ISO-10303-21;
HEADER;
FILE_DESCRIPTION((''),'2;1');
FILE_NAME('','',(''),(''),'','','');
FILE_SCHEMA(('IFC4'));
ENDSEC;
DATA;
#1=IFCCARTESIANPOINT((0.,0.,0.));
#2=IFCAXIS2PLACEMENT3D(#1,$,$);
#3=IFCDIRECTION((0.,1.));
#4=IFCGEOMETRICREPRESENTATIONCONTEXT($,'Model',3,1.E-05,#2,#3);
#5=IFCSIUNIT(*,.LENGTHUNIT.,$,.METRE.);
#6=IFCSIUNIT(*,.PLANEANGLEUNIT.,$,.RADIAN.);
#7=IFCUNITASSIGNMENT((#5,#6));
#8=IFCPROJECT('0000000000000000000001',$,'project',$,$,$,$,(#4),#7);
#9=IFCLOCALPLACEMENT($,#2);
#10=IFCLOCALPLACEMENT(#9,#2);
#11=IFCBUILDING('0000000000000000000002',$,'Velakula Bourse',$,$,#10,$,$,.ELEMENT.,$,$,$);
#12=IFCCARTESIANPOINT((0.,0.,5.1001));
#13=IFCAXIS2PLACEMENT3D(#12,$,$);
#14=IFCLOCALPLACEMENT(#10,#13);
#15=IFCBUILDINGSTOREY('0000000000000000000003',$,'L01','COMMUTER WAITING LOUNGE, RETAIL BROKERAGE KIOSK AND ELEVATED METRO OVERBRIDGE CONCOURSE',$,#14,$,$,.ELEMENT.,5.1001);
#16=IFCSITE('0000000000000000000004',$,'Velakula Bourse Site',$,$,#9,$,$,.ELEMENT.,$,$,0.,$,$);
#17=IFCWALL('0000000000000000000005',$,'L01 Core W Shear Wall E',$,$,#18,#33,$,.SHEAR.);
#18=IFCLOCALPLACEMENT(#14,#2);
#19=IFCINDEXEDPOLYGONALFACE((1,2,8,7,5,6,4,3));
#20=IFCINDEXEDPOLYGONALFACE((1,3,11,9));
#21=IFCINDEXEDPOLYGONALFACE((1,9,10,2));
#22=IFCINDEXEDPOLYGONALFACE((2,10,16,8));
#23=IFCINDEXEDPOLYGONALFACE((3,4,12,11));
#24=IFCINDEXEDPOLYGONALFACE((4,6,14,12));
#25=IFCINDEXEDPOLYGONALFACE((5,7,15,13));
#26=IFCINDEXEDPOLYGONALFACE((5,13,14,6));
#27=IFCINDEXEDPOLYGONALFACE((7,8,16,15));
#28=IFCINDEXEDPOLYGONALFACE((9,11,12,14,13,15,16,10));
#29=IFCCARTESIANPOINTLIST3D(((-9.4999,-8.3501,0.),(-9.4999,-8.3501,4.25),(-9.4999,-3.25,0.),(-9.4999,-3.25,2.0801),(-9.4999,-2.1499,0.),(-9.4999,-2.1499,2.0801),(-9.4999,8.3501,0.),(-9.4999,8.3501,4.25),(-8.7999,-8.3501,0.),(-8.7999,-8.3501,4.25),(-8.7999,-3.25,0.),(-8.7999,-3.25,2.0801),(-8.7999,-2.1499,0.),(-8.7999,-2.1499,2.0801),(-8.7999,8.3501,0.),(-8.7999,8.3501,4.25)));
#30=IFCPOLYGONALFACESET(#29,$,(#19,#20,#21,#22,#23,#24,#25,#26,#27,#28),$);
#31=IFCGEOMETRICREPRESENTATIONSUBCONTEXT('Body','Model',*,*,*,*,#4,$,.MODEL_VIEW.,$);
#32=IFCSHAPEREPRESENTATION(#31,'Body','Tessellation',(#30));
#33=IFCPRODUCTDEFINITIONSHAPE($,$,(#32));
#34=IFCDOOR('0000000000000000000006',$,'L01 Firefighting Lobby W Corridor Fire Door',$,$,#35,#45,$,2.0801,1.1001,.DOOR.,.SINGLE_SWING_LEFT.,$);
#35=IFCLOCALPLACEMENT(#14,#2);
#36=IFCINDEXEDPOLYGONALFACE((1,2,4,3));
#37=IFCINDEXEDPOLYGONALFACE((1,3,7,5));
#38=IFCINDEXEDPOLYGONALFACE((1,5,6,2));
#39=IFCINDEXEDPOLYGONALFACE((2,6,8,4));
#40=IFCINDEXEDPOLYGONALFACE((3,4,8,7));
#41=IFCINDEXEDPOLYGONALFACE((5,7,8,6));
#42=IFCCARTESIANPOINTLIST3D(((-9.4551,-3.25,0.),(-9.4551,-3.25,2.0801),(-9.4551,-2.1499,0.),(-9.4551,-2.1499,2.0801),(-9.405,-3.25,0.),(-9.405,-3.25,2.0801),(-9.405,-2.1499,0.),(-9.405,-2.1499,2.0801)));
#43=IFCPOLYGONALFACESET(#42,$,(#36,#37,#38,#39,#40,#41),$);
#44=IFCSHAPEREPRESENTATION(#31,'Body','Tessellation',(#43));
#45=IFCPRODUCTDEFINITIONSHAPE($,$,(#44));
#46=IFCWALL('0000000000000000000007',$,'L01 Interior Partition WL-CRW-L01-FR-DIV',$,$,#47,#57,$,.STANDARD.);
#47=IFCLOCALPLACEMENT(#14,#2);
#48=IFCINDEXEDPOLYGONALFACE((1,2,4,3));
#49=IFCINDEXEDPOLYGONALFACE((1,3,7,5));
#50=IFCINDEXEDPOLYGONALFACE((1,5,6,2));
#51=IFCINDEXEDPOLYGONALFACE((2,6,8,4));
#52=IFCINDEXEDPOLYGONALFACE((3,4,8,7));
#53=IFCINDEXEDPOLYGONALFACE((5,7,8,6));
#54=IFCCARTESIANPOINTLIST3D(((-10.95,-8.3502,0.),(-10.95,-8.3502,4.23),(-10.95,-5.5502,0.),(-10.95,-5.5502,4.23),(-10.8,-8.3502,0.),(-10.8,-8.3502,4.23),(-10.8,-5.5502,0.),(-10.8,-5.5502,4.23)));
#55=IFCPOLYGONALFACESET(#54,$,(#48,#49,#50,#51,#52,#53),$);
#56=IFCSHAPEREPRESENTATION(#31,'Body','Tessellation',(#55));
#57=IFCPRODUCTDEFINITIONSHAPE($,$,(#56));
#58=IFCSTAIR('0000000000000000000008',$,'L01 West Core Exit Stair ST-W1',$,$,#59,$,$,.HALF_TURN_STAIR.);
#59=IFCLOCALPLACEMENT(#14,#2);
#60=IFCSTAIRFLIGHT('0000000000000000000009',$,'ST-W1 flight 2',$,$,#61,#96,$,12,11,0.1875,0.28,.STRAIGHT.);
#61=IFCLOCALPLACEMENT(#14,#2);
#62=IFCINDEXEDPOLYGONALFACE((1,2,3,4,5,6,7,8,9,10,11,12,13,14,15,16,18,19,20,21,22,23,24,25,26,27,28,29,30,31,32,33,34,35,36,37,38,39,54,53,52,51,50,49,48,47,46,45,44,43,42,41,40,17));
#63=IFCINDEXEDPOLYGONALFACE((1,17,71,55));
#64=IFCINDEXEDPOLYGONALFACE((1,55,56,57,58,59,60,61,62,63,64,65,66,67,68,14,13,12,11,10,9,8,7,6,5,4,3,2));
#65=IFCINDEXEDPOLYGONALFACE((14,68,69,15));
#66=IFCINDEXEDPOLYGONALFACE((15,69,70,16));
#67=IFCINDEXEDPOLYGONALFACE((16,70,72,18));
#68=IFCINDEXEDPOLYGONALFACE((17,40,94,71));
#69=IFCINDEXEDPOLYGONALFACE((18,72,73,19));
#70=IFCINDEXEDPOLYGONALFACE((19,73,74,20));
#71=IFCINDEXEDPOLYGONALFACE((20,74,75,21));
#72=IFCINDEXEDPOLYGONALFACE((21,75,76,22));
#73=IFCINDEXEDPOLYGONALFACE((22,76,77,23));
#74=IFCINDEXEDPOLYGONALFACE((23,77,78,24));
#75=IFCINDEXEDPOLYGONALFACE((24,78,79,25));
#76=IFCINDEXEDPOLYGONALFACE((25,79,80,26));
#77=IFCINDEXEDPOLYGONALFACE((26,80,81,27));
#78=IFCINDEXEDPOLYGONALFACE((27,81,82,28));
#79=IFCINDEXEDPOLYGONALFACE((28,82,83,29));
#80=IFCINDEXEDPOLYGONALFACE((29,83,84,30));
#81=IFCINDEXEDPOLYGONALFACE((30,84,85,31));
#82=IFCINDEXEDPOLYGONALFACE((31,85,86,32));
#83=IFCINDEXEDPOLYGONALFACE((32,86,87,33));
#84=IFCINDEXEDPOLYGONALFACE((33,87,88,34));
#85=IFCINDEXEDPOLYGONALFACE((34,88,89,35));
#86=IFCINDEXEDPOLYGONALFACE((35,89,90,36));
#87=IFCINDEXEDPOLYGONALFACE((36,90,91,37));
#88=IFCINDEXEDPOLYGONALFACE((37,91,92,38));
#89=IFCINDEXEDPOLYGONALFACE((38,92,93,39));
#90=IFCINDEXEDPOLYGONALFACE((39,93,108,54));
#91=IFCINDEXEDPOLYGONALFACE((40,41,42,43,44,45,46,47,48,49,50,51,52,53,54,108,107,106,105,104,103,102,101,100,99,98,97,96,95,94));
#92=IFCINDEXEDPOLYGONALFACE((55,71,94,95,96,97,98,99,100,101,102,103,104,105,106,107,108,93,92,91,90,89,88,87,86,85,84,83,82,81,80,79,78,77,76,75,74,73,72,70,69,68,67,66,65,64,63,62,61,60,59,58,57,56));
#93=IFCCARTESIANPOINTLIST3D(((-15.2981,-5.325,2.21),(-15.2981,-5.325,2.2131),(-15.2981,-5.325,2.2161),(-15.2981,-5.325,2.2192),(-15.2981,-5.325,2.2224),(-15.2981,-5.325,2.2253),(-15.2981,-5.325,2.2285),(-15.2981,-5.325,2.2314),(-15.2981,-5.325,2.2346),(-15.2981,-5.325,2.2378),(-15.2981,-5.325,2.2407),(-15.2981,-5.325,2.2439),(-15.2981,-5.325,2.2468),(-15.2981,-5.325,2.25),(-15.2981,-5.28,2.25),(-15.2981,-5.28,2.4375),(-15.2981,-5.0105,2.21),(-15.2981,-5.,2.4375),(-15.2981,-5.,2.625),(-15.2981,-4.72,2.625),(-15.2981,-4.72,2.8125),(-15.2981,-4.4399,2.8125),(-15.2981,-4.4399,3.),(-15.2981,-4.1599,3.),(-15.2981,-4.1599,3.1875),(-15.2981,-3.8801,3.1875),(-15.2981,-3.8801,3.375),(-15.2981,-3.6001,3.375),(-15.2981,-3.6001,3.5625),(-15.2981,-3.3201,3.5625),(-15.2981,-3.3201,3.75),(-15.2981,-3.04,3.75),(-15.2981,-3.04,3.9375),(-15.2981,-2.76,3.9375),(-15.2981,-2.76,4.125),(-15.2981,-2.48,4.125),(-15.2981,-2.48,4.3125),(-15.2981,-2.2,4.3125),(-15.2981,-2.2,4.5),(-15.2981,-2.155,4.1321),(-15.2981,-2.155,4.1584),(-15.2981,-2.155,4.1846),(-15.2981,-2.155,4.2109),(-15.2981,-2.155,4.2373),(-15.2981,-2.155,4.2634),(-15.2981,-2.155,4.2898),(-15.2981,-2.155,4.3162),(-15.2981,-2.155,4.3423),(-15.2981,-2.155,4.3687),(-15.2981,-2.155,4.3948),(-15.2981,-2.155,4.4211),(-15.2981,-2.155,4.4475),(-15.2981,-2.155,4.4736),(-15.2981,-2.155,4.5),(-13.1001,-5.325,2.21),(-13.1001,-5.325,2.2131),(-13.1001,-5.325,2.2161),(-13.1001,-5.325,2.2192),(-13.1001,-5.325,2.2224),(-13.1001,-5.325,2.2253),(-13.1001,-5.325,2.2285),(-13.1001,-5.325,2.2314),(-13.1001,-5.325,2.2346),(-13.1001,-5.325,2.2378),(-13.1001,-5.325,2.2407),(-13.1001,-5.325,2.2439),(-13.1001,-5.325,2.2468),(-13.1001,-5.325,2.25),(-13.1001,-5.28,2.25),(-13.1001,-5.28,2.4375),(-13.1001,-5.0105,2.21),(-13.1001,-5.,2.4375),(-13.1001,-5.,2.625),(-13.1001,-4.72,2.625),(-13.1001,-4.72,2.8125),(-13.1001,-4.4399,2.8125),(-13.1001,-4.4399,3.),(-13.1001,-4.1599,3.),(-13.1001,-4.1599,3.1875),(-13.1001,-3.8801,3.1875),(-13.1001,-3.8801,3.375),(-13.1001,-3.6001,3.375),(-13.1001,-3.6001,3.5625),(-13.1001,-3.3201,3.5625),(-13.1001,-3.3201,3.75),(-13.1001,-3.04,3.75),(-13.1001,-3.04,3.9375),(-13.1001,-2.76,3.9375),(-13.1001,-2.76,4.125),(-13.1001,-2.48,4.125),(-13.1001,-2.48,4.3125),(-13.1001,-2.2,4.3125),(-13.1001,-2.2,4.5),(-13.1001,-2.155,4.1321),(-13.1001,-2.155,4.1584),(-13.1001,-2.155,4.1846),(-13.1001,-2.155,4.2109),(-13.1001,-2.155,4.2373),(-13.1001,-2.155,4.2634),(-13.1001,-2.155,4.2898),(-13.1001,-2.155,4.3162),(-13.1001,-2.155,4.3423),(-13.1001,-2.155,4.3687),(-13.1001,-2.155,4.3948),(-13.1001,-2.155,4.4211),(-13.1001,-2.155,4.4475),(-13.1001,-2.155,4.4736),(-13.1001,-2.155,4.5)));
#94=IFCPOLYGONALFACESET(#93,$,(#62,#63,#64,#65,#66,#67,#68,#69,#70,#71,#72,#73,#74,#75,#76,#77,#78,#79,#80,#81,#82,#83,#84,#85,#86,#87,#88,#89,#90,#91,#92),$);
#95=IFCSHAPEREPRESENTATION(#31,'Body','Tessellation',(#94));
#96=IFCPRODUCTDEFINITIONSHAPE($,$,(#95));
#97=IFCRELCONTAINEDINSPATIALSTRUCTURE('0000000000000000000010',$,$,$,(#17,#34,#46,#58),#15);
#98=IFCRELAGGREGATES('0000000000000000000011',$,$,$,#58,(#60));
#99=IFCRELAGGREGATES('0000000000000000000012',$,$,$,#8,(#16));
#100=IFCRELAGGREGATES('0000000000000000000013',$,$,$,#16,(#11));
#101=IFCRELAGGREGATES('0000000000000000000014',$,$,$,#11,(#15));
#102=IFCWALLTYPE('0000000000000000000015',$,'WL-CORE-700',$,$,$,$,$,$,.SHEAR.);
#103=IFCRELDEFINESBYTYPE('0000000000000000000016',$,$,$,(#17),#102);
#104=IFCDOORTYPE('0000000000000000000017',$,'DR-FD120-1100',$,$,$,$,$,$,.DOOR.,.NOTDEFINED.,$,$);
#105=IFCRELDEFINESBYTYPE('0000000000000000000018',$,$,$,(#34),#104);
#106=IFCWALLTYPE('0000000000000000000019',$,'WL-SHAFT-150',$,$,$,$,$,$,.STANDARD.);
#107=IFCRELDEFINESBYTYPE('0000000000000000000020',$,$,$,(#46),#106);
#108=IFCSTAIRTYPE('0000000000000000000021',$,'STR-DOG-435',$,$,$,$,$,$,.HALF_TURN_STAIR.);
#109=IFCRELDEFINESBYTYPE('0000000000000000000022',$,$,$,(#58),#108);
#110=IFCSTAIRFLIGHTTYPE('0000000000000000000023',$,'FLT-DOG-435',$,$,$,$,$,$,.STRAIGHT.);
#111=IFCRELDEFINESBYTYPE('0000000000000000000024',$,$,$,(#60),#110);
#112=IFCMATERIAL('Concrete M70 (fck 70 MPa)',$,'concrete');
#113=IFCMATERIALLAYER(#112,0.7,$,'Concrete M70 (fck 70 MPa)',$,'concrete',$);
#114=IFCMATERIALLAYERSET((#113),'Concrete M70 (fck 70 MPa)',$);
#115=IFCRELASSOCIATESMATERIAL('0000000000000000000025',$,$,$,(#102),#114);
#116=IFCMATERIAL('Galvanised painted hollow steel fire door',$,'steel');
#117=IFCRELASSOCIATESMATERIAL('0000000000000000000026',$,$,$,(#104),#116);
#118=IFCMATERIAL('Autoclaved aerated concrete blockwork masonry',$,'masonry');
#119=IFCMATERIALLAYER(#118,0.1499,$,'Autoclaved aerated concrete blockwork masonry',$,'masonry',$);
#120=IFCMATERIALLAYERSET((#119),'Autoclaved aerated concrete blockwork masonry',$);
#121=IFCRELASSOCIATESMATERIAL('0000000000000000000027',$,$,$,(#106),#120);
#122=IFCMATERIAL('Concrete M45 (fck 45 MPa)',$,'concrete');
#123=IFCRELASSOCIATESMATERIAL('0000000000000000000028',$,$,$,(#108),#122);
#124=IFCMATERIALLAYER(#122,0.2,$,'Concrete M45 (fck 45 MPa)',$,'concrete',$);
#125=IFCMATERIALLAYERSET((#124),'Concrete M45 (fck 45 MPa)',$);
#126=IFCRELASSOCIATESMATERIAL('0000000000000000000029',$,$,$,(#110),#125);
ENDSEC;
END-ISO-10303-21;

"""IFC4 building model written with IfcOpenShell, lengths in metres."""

from ifc_helpers import new_model, si_unit, direction, frame, frame_2d, origin, place, context, subcontext, project, spatial, polyline, rectangle, outline, extrude, material, layer, layer_set, type_object, element, fill, aggregate, save


model = new_model("IFC4")

# Units and contexts
model_context = context("Model", 3, precision=1e-05, world=origin(), true_north=direction((0.0, 1.0)))
body_context = subcontext(model_context, "Body", "Model", "MODEL_VIEW")
ifc_project = project(units=[si_unit("LENGTHUNIT", "METRE"), si_unit("PLANEANGLEUNIT", "RADIAN")], contexts=[model_context])

# Site, building, storey
site_placement = place(None, origin())
site = spatial("IfcSite", under=ifc_project, at=site_placement, Name="Velakula Bourse Site", CompositionType="ELEMENT", RefElevation=0.0)
building_placement = place(site_placement, origin())
building = spatial("IfcBuilding", under=site, at=building_placement, Name="Velakula Bourse", CompositionType="ELEMENT")
storey_placement = place(building_placement, frame((0.0, 0.0, 5.1001)))
storey = spatial("IfcBuildingStorey", under=building, at=storey_placement, Name="L01", Description="COMMUTER WAITING LOUNGE, RETAIL BROKERAGE KIOSK AND ELEVATED METRO OVERBRIDGE CONCOURSE", CompositionType="ELEMENT", Elevation=5.1001)

# Shared definitions
ifc_material_1 = material(Name="Concrete M70 (fck 70 MPa)", Category="concrete")

# Shared definitions
ifc_material_2 = material(Name="Galvanised painted hollow steel fire door", Category="steel")

# Wall, opening, door
ifc_layer_1 = layer(ifc_material_1, 0.7, Name="Concrete M70 (fck 70 MPa)", Category="concrete")
ifc_layer_set_1 = layer_set([ifc_layer_1], Name="Concrete M70 (fck 70 MPa)")
wall_type_1 = type_object("IfcWallType", Name="WL-CORE-700", PredefinedType="SHEAR", material=ifc_layer_set_1)
wall_1_placement = place(storey_placement, frame((-9.1499, -8.3501, 0.0), z_axis=(0.0, 0.0, 1.0), x_axis=(0.0, 1.0, 0.0)))
wall_1 = element("IfcWall", 1, at=wall_1_placement, inside=storey, type_object=wall_type_1, Name="L01 Core W Shear Wall E", PredefinedType="SHEAR", context=body_context, shape_type="SweptSolid", body=[
    extrude(rectangle(XDim=16.7002, YDim=0.7, at=frame_2d((8.3501, 0.0))), origin(), (0.0, 0.0, 1.0), 4.25),
])
opening_1_placement = place(wall_1_placement, frame((5.1001, 0.0, 0.0)))
opening_1 = element("IfcOpeningElement", 2, at=opening_1_placement, cuts=wall_1, PredefinedType="OPENING", context=body_context, shape_type="SweptSolid", body=[
    extrude(rectangle(XDim=1.1001, YDim=2.0801, at=frame_2d((0.55, 1.04))), frame((0.0, 0.3599, 0.0), z_axis=(0.0, -1.0, 0.0), x_axis=(1.0, 0.0, 0.0)), (0.0, 0.0, 1.0), 0.72),
])
door_type_1 = type_object("IfcDoorType", Name="DR-FD120-1100", OperationType="NOTDEFINED", PredefinedType="DOOR", material=ifc_material_2)
door_1_placement = place(opening_1_placement, origin())
door_1 = element("IfcDoor", 3, at=door_1_placement, inside=storey, type_object=door_type_1, Name="L01 Firefighting Lobby W Corridor Fire Door", OperationType="SINGLE_SWING_LEFT", OverallHeight=2.0801, OverallWidth=1.1001, PredefinedType="DOOR", context=body_context, shape_type="SweptSolid", body=[
    extrude(rectangle(XDim=1.1001, YDim=2.0801, at=frame_2d((0.55, 1.04))), frame((0.0, 0.3052, 0.0), z_axis=(0.0, -1.0, 0.0), x_axis=(1.0, 0.0, 0.0)), (0.0, 0.0, 1.0), 0.05),
])
fill(opening_1, door_1)

# Shared definitions
ifc_material_3 = material(Name="Autoclaved aerated concrete blockwork masonry", Category="masonry")
ifc_layer_2 = layer(ifc_material_3, 0.1499, Name="Autoclaved aerated concrete blockwork masonry", Category="masonry")
ifc_layer_set_2 = layer_set([ifc_layer_2], Name="Autoclaved aerated concrete blockwork masonry")
wall_type_2 = type_object("IfcWallType", Name="WL-SHAFT-150", PredefinedType="STANDARD", material=ifc_layer_set_2)

# Wall
wall_2_placement = place(storey_placement, frame((-10.875, -8.3501, 0.0), z_axis=(0.0, 0.0, 1.0), x_axis=(0.0, 1.0, 0.0)))
element("IfcWall", 4, at=wall_2_placement, inside=storey, type_object=wall_type_2, Name="L01 Interior Partition WL-CRW-L01-FR-DIV", PredefinedType="STANDARD", context=body_context, shape_type="SweptSolid", body=[
    extrude(rectangle(XDim=2.8, YDim=0.1499, at=frame_2d((1.3999, 0.0))), origin(), (0.0, 0.0, 1.0), 4.23),
])

# Stair, stair flight
ifc_material_4 = material(Name="Concrete M45 (fck 45 MPa)", Category="concrete")
stair_type = type_object("IfcStairType", Name="STR-DOG-435", PredefinedType="HALF_TURN_STAIR", material=ifc_material_4)
stair_placement = place(storey_placement, origin())
stair = element("IfcStair", 5, at=stair_placement, inside=storey, type_object=stair_type, Name="L01 West Core Exit Stair ST-W1", PredefinedType="HALF_TURN_STAIR")
ifc_layer_3 = layer(ifc_material_4, 0.2, Name="Concrete M45 (fck 45 MPa)", Category="concrete")
ifc_layer_set_3 = layer_set([ifc_layer_3], Name="Concrete M45 (fck 45 MPa)")
stair_flight_type = type_object("IfcStairFlightType", Name="FLT-DOG-435", PredefinedType="STRAIGHT", material=ifc_layer_set_3)
stair_flight_placement = place(storey_placement, frame((-14.199, -5.28, 2.25), z_axis=(0.0, 0.0, 1.0), x_axis=(0.0, 1.0, 0.0)))
stair_flight = element("IfcStairFlight", 6, at=stair_flight_placement, type_object=stair_flight_type, Name="ST-W1 flight 2", NumberOfRisers=12, NumberOfTreads=11, PredefinedType="STRAIGHT", RiserHeight=0.1875, TreadLength=0.28, context=body_context, shape_type="SweptSolid", body=[
    extrude(outline(polyline([(-0.0449, -0.04), (-0.0449, -0.0369), (-0.0449, -0.0339), (-0.0449, -0.0308), (-0.0449, -0.0276), (-0.0449, -0.0247), (-0.0449, -0.0215), (-0.0449, -0.0186), (-0.0449, -0.0154), (-0.0449, -0.0122), (-0.0449, -0.0093), (-0.0449, -0.0061), (-0.0449, -0.0032), (-0.0449, 0.0), (0.0, 0.0), (0.0, 0.1875), (0.28, 0.1875), (0.28, 0.375), (0.5601, 0.375), (0.5601, 0.5625), (0.8401, 0.5625), (0.8401, 0.75), (1.1201, 0.75), (1.1201, 0.9375), (1.3999, 0.9375), (1.3999, 1.125), (1.6799, 1.125), (1.6799, 1.3125), (1.96, 1.3125), (1.96, 1.5), (2.24, 1.5), (2.24, 1.6875), (2.52, 1.6875), (2.52, 1.875), (2.8, 1.875), (2.8, 2.0625), (3.0801, 2.0625), (3.0801, 2.25), (3.125, 2.25), (3.125, 2.2236), (3.125, 2.1975), (3.125, 2.1711), (3.125, 2.1448), (3.125, 2.1187), (3.125, 2.0923), (3.125, 2.0662), (3.125, 2.0398), (3.125, 2.0134), (3.125, 1.9873), (3.125, 1.9609), (3.125, 1.9346), (3.125, 1.9084), (3.125, 1.8821), (0.2695, -0.04), (-0.0449, -0.04)])), frame((0.0, 1.0991, 0.0), z_axis=(0.0, -1.0, 0.0), x_axis=(1.0, 0.0, 0.0)), (0.0, 0.0, 1.0), 2.198),
])
aggregate(stair, [stair_flight])

save(model, "model.ifc")
